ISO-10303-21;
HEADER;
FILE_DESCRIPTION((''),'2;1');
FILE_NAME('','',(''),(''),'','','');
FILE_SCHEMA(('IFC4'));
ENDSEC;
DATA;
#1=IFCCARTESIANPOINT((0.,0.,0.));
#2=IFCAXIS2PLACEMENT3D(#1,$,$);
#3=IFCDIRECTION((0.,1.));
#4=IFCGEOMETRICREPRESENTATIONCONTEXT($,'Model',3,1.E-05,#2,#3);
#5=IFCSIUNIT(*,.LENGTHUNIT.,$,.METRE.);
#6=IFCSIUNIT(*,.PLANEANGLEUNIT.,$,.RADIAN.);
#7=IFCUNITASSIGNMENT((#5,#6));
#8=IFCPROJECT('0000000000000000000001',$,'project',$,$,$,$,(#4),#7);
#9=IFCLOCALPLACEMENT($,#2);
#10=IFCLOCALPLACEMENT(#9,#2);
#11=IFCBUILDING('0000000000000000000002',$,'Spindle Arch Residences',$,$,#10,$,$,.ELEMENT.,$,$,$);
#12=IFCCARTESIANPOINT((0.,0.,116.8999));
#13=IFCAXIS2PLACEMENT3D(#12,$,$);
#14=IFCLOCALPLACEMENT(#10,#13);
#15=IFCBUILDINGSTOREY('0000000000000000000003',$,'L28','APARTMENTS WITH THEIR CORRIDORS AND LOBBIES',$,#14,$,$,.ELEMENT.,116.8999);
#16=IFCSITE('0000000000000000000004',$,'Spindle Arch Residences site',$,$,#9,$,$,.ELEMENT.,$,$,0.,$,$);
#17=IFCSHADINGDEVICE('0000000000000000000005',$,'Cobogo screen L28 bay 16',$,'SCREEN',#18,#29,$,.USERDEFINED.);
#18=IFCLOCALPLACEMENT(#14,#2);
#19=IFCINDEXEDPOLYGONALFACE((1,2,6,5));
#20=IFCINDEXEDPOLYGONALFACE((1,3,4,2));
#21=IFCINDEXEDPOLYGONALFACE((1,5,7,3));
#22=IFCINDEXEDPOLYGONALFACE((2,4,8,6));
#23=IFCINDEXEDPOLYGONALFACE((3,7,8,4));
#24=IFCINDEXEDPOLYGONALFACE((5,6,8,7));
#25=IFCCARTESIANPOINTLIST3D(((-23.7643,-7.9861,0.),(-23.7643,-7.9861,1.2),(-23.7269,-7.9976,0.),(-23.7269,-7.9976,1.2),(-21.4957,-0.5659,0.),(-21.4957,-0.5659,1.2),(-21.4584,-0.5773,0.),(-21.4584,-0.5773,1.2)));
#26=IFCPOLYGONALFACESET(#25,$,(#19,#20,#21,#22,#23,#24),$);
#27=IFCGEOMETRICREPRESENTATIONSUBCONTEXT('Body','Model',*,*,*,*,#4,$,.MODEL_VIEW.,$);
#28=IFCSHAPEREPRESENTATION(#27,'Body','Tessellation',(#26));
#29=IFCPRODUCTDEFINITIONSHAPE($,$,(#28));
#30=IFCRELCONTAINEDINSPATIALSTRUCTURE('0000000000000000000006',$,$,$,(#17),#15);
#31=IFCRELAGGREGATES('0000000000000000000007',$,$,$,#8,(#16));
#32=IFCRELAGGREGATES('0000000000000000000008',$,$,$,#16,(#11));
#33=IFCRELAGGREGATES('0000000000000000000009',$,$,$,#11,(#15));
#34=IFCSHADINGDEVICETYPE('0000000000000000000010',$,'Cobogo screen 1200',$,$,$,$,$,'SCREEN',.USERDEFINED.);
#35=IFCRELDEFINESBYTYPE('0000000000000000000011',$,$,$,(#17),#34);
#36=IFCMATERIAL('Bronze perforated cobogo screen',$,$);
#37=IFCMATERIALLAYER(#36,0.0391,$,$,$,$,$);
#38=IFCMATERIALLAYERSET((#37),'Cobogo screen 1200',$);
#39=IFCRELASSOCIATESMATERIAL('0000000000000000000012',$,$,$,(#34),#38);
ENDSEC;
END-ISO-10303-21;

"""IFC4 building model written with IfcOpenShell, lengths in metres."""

from ifc_helpers import new_model, si_unit, direction, frame, origin, origin_2d, place, context, subcontext, project, spatial, rectangle, extrude, material, layer, layer_set, type_object, element, save


model = new_model("IFC4")

# Units and contexts
model_context = context("Model", 3, precision=1e-05, world=origin(), true_north=direction((0.0, 1.0)))
body_context = subcontext(model_context, "Body", "Model", "MODEL_VIEW")
ifc_project = project(units=[si_unit("LENGTHUNIT", "METRE"), si_unit("PLANEANGLEUNIT", "RADIAN")], contexts=[model_context])

# Site, building, storey
site_placement = place(None, origin())
site = spatial("IfcSite", under=ifc_project, at=site_placement, Name="Spindle Arch Residences site", CompositionType="ELEMENT", RefElevation=0.0)
building_placement = place(site_placement, origin())
building = spatial("IfcBuilding", under=site, at=building_placement, Name="Spindle Arch Residences", CompositionType="ELEMENT")
storey_placement = place(building_placement, frame((0.0, 0.0, 116.8999)))
storey = spatial("IfcBuildingStorey", under=building, at=storey_placement, Name="L28", Description="APARTMENTS WITH THEIR CORRIDORS AND LOBBIES", CompositionType="ELEMENT", Elevation=116.8999)

# Shading device
ifc_material_1 = material(Name="Bronze perforated cobogo screen")
ifc_layer_1 = layer(ifc_material_1, 0.0391)
ifc_layer_set_1 = layer_set([ifc_layer_1], Name="Cobogo screen 1200")
shading_device_type = type_object("IfcShadingDeviceType", Name="Cobogo screen 1200", ElementType="SCREEN", PredefinedType="USERDEFINED", material=ifc_layer_set_1)
shading_device_placement = place(storey_placement, frame((-22.6113, -4.2817, 0.0), z_axis=(0.0, 0.0, 1.0), x_axis=(-0.292372, -0.956305, 0.0)))
element("IfcShadingDevice", 1, at=shading_device_placement, inside=storey, type_object=shading_device_type, Name="Cobogo screen L28 bay 16", ObjectType="SCREEN", PredefinedType="USERDEFINED", context=body_context, shape_type="SweptSolid", body=[
    extrude(rectangle(XDim=7.7593, YDim=0.0391, at=origin_2d()), origin(), (0.0, 0.0, 1.0), 1.2),
])

save(model, "model.ifc")
